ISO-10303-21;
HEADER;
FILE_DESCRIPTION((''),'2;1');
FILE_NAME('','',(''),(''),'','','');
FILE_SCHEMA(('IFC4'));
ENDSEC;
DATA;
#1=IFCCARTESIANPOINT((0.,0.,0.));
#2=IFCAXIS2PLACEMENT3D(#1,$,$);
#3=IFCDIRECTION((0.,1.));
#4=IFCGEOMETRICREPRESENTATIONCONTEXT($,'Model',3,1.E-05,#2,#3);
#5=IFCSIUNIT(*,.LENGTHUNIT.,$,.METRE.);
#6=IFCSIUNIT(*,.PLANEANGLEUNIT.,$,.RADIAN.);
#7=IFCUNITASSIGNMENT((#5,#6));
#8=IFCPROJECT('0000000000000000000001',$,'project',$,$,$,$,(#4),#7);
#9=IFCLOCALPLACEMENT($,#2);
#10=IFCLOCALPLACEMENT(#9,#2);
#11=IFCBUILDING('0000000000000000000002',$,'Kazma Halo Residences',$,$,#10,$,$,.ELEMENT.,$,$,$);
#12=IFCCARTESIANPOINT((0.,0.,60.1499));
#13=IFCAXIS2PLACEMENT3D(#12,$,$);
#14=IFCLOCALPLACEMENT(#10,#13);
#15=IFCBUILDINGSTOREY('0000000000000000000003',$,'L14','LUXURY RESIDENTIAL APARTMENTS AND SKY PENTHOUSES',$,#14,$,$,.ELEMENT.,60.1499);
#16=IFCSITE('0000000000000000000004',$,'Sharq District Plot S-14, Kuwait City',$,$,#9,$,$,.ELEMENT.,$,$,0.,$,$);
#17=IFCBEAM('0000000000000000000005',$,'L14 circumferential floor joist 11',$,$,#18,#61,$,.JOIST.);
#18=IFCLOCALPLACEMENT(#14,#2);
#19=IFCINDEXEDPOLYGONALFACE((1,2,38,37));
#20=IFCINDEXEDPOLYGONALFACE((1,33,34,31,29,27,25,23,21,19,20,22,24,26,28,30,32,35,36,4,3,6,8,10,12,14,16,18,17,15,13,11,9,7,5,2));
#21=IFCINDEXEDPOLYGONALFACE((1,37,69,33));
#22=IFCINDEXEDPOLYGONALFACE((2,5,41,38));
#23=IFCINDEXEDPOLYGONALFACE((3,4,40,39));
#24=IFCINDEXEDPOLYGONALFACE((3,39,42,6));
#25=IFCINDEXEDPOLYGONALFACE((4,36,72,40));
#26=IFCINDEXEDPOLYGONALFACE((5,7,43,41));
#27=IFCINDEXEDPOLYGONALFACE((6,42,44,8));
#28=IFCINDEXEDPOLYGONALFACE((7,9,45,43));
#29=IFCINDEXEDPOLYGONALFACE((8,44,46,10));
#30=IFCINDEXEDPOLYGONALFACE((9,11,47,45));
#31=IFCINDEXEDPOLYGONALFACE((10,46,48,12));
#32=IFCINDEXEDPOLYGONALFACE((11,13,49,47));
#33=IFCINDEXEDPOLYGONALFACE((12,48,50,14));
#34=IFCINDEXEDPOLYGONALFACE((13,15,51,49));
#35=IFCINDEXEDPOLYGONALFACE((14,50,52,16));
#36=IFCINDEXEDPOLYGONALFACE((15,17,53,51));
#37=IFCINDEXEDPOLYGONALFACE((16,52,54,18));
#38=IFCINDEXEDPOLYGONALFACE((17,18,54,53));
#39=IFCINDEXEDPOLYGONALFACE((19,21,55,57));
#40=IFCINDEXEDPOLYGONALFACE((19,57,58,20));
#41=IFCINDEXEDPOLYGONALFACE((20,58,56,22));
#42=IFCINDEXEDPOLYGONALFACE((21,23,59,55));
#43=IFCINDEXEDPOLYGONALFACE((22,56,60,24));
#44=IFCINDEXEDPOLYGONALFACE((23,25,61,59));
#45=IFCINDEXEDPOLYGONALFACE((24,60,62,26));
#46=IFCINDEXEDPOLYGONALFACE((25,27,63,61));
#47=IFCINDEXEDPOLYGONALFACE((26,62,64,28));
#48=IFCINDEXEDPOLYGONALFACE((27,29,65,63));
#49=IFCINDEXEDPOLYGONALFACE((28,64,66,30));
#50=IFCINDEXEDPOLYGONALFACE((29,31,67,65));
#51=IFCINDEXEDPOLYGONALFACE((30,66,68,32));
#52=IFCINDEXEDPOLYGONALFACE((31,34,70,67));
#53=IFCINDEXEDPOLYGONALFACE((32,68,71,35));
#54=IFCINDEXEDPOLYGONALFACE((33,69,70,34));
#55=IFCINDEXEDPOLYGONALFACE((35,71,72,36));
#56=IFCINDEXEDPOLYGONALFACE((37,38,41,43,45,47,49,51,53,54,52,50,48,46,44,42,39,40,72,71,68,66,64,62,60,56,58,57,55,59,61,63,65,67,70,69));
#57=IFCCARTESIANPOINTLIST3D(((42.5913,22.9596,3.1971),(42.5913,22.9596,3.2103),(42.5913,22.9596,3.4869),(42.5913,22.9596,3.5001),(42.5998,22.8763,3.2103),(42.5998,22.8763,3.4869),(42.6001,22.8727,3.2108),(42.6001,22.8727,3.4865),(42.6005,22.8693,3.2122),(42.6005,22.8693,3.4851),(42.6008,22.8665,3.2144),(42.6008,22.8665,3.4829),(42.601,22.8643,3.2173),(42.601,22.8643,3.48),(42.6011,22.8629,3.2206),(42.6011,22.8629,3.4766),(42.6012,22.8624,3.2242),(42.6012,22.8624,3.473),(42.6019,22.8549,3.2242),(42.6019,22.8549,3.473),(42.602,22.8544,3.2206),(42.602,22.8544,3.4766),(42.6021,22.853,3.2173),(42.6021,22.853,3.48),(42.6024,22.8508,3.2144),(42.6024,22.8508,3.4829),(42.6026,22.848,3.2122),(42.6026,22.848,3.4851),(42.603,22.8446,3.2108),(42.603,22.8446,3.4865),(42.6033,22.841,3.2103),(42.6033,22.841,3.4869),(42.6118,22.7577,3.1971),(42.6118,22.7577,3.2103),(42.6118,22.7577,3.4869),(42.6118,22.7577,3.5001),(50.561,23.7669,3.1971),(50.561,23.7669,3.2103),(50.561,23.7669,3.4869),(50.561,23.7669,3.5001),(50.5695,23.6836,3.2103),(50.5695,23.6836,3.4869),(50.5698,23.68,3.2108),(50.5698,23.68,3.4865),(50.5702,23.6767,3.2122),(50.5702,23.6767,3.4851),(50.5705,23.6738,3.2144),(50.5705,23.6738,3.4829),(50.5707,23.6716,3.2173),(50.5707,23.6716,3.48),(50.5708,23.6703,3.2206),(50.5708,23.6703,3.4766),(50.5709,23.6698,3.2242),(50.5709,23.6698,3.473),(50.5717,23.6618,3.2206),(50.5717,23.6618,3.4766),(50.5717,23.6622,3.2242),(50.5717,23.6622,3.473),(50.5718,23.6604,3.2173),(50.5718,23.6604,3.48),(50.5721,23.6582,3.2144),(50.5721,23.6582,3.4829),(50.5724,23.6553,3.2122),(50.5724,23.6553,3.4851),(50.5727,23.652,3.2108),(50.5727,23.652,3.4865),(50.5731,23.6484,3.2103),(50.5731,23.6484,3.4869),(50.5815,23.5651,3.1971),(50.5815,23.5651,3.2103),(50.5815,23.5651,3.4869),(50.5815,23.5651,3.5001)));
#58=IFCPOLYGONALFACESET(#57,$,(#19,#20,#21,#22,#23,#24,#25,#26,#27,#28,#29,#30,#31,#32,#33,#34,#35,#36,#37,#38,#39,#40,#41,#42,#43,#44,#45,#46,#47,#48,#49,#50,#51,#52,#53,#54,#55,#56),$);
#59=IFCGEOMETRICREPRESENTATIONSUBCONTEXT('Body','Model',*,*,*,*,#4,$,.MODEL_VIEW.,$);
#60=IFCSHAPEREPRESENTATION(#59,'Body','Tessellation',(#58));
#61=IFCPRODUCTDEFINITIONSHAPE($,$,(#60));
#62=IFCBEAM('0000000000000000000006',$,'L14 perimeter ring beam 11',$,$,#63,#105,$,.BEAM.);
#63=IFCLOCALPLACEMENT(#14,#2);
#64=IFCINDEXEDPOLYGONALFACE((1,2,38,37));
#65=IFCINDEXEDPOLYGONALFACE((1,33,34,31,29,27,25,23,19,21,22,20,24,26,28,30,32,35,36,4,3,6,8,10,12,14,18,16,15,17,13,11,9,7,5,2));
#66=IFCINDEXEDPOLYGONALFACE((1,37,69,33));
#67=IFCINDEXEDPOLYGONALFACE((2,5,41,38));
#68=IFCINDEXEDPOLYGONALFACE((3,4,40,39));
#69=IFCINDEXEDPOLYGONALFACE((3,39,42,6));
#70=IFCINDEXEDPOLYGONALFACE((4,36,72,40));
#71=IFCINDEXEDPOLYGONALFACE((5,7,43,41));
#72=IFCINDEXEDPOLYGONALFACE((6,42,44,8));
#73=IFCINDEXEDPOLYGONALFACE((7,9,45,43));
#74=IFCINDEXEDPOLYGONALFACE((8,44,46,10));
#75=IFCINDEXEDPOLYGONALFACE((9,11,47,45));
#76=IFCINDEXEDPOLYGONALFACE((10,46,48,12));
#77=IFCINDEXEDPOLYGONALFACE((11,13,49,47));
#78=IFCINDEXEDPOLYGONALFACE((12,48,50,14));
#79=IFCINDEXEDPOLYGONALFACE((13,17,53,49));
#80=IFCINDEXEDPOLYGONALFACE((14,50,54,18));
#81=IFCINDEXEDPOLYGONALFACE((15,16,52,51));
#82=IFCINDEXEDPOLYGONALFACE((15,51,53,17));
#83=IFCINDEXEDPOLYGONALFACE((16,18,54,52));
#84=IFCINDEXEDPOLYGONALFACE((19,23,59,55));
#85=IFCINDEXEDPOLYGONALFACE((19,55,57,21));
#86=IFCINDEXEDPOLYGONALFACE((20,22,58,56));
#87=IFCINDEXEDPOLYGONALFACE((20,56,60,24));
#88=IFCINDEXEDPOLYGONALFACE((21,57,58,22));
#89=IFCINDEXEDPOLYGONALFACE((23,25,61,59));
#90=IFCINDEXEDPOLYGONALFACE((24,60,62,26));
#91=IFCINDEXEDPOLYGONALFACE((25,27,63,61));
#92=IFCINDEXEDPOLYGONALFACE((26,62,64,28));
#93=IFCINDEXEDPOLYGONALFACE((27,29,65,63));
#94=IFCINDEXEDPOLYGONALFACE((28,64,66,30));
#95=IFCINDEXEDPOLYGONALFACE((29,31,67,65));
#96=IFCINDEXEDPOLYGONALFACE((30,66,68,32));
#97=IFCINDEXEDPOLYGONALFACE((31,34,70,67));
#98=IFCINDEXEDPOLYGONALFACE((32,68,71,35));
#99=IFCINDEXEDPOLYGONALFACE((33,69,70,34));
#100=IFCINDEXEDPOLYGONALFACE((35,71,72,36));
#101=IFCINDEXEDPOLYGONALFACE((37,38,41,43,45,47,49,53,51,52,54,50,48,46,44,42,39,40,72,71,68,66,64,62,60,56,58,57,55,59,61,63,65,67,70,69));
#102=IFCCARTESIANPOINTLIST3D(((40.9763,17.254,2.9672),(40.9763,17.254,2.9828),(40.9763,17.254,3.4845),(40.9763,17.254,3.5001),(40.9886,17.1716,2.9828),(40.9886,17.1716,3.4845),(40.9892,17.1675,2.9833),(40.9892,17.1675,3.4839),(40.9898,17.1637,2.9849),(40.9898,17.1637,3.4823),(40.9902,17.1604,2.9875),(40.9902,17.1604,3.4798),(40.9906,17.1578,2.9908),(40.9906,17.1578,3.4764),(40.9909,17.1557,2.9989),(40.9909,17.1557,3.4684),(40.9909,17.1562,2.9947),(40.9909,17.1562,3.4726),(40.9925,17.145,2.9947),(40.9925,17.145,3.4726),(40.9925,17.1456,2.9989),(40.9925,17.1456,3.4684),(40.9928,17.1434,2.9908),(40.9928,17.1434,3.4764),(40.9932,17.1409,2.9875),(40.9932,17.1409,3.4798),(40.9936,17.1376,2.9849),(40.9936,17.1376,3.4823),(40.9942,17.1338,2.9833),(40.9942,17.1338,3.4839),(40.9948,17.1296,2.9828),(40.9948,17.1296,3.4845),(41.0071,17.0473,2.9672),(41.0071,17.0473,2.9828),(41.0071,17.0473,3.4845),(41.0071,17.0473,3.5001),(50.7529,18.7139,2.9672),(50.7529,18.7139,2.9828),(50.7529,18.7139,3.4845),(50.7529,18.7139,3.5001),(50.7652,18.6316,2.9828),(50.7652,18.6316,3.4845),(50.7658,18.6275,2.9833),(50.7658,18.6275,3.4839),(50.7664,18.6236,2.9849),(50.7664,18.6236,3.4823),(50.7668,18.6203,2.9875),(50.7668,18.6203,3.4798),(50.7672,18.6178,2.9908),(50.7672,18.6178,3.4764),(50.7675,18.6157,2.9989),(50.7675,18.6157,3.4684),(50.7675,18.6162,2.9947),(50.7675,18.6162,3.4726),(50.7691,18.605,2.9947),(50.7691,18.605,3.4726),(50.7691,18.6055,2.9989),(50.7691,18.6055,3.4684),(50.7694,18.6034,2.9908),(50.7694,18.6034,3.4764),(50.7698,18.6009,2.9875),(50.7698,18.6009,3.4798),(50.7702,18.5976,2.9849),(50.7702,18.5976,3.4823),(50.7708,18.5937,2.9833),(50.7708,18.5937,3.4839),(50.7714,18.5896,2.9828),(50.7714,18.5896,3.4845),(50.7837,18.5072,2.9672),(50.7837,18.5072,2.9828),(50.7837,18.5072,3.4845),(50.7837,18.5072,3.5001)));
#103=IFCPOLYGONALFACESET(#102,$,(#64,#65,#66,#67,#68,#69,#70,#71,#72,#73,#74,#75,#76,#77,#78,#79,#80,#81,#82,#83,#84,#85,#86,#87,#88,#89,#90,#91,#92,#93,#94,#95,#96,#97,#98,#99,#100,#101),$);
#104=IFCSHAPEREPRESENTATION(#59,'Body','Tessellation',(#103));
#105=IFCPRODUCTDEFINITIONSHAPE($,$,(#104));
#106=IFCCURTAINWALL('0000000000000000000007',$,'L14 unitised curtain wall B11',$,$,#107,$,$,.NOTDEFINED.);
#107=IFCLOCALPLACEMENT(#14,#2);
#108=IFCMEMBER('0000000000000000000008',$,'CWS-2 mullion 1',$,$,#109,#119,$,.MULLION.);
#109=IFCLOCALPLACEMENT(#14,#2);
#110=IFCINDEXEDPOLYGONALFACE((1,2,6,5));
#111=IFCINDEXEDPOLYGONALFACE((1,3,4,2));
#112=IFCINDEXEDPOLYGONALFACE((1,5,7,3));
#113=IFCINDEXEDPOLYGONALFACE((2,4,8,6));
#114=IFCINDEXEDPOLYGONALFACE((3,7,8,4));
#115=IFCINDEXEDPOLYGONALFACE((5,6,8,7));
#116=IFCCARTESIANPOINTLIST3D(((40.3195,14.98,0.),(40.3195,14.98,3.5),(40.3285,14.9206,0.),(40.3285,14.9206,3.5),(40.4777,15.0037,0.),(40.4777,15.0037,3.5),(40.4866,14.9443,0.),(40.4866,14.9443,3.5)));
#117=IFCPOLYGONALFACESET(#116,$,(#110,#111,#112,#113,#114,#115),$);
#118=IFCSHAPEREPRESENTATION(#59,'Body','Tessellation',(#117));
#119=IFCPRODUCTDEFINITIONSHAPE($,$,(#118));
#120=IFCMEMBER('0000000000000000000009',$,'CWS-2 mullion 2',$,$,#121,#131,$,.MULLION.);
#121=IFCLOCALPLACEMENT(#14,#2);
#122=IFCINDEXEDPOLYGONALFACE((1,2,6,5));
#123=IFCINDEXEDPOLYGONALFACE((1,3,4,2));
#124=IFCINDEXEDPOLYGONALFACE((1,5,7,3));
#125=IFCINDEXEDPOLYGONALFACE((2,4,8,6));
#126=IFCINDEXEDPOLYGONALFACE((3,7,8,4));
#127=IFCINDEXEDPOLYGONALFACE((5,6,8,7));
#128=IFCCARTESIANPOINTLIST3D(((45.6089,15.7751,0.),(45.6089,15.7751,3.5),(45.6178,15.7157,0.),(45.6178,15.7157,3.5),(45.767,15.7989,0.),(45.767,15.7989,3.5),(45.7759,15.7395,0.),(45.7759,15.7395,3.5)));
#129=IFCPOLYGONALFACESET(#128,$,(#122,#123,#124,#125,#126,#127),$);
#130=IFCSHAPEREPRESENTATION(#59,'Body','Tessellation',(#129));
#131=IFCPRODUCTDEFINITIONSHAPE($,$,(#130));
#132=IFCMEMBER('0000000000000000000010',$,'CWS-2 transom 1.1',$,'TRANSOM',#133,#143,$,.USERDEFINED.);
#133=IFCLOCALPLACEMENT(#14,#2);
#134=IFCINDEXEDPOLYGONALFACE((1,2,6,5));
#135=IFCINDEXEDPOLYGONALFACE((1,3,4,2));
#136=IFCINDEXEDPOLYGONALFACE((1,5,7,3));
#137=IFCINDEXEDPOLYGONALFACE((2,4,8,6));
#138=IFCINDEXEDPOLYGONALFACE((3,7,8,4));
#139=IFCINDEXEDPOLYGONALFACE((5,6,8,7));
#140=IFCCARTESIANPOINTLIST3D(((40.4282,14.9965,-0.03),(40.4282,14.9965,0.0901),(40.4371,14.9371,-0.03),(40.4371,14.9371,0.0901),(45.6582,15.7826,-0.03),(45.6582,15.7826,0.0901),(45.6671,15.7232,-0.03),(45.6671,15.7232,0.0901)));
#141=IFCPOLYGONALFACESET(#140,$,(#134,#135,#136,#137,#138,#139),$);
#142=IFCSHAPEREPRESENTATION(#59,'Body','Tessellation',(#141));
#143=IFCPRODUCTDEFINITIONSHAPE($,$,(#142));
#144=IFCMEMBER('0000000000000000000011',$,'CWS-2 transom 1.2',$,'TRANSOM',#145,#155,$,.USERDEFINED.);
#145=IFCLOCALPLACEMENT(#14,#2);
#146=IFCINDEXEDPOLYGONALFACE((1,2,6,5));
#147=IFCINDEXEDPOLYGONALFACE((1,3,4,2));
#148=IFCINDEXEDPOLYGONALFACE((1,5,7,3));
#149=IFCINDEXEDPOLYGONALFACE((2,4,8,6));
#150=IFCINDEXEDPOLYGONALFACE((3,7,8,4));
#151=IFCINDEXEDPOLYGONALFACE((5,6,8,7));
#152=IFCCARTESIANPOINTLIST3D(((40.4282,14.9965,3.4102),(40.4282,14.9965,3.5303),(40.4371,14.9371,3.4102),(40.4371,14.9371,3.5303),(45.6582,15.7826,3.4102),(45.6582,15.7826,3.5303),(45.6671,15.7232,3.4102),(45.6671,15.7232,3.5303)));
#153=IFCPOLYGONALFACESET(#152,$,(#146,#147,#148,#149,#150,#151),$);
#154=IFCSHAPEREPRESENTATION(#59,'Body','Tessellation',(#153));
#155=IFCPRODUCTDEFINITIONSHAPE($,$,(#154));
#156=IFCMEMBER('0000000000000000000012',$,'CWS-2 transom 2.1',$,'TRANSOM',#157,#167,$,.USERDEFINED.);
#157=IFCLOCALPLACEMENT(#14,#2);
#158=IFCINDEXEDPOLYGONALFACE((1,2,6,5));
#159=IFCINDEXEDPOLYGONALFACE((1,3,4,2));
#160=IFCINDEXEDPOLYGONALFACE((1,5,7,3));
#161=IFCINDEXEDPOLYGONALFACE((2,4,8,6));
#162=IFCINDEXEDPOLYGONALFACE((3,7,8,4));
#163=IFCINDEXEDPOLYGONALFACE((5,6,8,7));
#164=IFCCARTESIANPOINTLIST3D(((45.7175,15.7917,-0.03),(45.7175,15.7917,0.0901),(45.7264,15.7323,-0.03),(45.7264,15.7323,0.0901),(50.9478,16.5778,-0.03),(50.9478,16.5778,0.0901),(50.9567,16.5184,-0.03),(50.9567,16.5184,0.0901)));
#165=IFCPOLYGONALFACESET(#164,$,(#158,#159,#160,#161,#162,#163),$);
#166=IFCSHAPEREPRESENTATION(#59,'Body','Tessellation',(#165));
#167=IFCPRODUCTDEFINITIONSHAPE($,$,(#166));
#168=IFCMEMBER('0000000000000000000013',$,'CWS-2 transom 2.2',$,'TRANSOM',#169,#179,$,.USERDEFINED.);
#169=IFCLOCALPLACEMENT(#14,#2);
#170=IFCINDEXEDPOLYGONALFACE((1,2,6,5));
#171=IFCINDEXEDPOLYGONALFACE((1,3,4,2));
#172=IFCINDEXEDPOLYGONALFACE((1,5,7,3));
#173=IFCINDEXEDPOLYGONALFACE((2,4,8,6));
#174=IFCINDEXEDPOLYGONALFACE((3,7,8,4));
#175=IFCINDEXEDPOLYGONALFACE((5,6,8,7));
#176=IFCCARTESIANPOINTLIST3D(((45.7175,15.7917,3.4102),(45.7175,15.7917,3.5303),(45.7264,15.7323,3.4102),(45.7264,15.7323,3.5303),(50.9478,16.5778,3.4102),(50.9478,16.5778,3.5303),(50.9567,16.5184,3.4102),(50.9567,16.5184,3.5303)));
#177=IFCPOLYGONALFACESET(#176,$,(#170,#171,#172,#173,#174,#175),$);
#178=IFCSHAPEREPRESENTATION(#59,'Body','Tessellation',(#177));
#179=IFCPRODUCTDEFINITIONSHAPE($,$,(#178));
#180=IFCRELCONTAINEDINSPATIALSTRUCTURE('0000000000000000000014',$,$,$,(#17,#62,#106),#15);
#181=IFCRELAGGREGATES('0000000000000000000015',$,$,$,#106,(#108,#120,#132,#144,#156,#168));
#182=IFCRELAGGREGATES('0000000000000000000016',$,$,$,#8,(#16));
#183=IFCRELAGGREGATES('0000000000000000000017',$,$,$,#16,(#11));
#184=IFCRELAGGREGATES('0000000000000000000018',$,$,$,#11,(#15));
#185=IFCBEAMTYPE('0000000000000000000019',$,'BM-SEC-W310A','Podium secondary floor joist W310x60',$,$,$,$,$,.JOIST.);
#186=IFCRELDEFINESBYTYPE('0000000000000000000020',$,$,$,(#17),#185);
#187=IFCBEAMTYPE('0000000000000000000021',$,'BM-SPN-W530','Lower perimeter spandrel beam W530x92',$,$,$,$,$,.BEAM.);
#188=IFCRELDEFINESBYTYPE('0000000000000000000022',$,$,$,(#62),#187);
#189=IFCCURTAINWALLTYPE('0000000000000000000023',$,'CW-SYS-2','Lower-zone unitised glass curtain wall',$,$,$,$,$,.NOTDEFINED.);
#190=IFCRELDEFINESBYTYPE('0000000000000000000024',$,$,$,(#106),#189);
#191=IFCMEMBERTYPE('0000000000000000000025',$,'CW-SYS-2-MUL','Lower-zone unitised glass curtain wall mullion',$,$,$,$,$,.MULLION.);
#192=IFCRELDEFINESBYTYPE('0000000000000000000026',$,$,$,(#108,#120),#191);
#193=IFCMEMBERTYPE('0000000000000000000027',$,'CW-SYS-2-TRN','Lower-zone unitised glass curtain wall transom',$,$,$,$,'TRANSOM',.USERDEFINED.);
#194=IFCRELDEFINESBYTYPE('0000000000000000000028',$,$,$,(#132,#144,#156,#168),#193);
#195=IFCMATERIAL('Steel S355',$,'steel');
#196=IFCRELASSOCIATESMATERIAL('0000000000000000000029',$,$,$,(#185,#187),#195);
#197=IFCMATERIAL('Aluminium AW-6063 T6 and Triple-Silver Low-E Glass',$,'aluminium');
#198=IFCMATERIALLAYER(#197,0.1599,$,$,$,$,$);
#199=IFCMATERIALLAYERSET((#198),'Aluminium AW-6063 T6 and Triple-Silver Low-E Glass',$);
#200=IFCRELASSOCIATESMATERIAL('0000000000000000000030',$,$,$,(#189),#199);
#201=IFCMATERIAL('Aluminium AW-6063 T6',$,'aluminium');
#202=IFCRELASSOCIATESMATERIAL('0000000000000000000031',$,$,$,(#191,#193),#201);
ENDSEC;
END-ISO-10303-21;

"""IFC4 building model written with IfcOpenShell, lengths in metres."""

from ifc_helpers import new_model, si_unit, direction, frame, origin, origin_2d, place, context, subcontext, project, spatial, rectangle, i_section, extrude, material, layer, layer_set, material_profile, profile_set, type_object, element, aggregate, save


model = new_model("IFC4")

# Units and contexts
model_context = context("Model", 3, precision=1e-05, world=origin(), true_north=direction((0.0, 1.0)))
body_context = subcontext(model_context, "Body", "Model", "MODEL_VIEW")
ifc_project = project(units=[si_unit("LENGTHUNIT", "METRE"), si_unit("PLANEANGLEUNIT", "RADIAN")], contexts=[model_context])

# Site, building, storey
site_placement = place(None, origin())
site = spatial("IfcSite", under=ifc_project, at=site_placement, Name="Sharq District Plot S-14, Kuwait City", CompositionType="ELEMENT", RefElevation=0.0)
building_placement = place(site_placement, origin())
building = spatial("IfcBuilding", under=site, at=building_placement, Name="Kazma Halo Residences", CompositionType="ELEMENT")
storey_placement = place(building_placement, frame((0.0, 0.0, 60.1499)))
storey = spatial("IfcBuildingStorey", under=building, at=storey_placement, Name="L14", Description="LUXURY RESIDENTIAL APARTMENTS AND SKY PENTHOUSES", CompositionType="ELEMENT", Elevation=60.1499)

# Beams
ifc_material_1 = material(Name="Steel S355", Category="steel")
ifc_material_profile_1 = material_profile(ifc_material_1, i_section(OverallWidth=0.2029, OverallDepth=0.303, WebThickness=0.0076, FlangeThickness=0.0132, FilletRadius=0.0139, at=origin_2d()), Name="W310x60")
ifc_profile_set_1 = profile_set([ifc_material_profile_1], Name="Steel S355")
beam_type_1 = type_object("IfcBeamType", Name="BM-SEC-W310A", Description="Podium secondary floor joist W310x60", PredefinedType="JOIST", material=ifc_profile_set_1)
beam_1_placement = place(storey_placement, frame((42.6016, 22.8586, 3.3486), z_axis=(0.994908, 0.100789, 0.0), x_axis=(-0.100789, 0.994908, 0.0)))
element("IfcBeam", 1, at=beam_1_placement, inside=storey, type_object=beam_type_1, Name="L14 circumferential floor joist 11", PredefinedType="JOIST", context=body_context, shape_type="SweptSolid", body=[
    extrude(i_section(OverallWidth=0.2029, OverallDepth=0.303, WebThickness=0.0076, FlangeThickness=0.0132, FilletRadius=0.0139, at=origin_2d()), origin(), (0.0, 0.0, 1.0), 8.0105),
])
ifc_material_profile_2 = material_profile(ifc_material_1, i_section(OverallWidth=0.209, OverallDepth=0.533, WebThickness=0.0103, FlangeThickness=0.0156, FilletRadius=0.0161, at=origin_2d()), Name="W530x92")
ifc_profile_set_2 = profile_set([ifc_material_profile_2], Name="Steel S355")
beam_type_2 = type_object("IfcBeamType", Name="BM-SPN-W530", Description="Lower perimeter spandrel beam W530x92", PredefinedType="BEAM", material=ifc_profile_set_2)
beam_2_placement = place(storey_placement, frame((40.9917, 17.1506, 3.2336), z_axis=(0.989033, 0.147694, 0.0), x_axis=(-0.147694, 0.989033, 0.0)))
element("IfcBeam", 2, at=beam_2_placement, inside=storey, type_object=beam_type_2, Name="L14 perimeter ring beam 11", PredefinedType="BEAM", context=body_context, shape_type="SweptSolid", body=[
    extrude(i_section(OverallWidth=0.209, OverallDepth=0.533, WebThickness=0.0103, FlangeThickness=0.0156, FilletRadius=0.0161, at=origin_2d()), origin(), (0.0, 0.0, 1.0), 9.885),
])

# Curtain wall, members
ifc_material_2 = material(Name="Aluminium AW-6063 T6 and Triple-Silver Low-E Glass", Category="aluminium")
ifc_layer_1 = layer(ifc_material_2, 0.1599)
ifc_layer_set_1 = layer_set([ifc_layer_1], Name="Aluminium AW-6063 T6 and Triple-Silver Low-E Glass")
curtain_wall_type = type_object("IfcCurtainWallType", Name="CW-SYS-2", Description="Lower-zone unitised glass curtain wall", PredefinedType="NOTDEFINED", material=ifc_layer_set_1)
curtain_wall_placement = place(storey_placement, origin())
curtain_wall = element("IfcCurtainWall", 3, at=curtain_wall_placement, inside=storey, type_object=curtain_wall_type, Name="L14 unitised curtain wall B11", PredefinedType="NOTDEFINED")
ifc_material_3 = material(Name="Aluminium AW-6063 T6", Category="aluminium")
ifc_material_profile_3 = material_profile(ifc_material_3, rectangle(XDim=0.0601, YDim=0.1599, at=origin_2d()), Name="CWM-60x160")
ifc_profile_set_3 = profile_set([ifc_material_profile_3], Name="Aluminium AW-6063 T6")
member_type_1 = type_object("IfcMemberType", Name="CW-SYS-2-MUL", Description="Lower-zone unitised glass curtain wall mullion", PredefinedType="MULLION", material=ifc_profile_set_3)
member_1_placement = place(storey_placement, frame((40.4031, 14.9622, 0.0), z_axis=(0.0, 0.0, 1.0), x_axis=(-0.148657, 0.988889, 0.0)))
member_1 = element("IfcMember", 4, at=member_1_placement, type_object=member_type_1, Name="CWS-2 mullion 1", PredefinedType="MULLION", context=body_context, shape_type="SweptSolid", body=[
    extrude(rectangle(XDim=0.0601, YDim=0.1599, at=origin_2d()), origin(), (0.0, 0.0, 1.0), 3.5),
])
member_2_placement = place(storey_placement, frame((45.6924, 15.7573, 0.0), z_axis=(0.0, 0.0, 1.0), x_axis=(-0.148657, 0.988889, 0.0)))
member_2 = element("IfcMember", 5, at=member_2_placement, type_object=member_type_1, Name="CWS-2 mullion 2", PredefinedType="MULLION", context=body_context, shape_type="SweptSolid", body=[
    extrude(rectangle(XDim=0.0601, YDim=0.1599, at=origin_2d()), origin(), (0.0, 0.0, 1.0), 3.5),
])
ifc_material_profile_4 = material_profile(ifc_material_3, rectangle(XDim=0.0601, YDim=0.1201, at=origin_2d()), Name="CWT-60x120")
ifc_profile_set_4 = profile_set([ifc_material_profile_4], Name="Aluminium AW-6063 T6")
member_type_2 = type_object("IfcMemberType", Name="CW-SYS-2-TRN", Description="Lower-zone unitised glass curtain wall transom", ElementType="TRANSOM", PredefinedType="USERDEFINED", material=ifc_profile_set_4)
member_3_placement = place(storey_placement, frame((40.4326, 14.9668, 0.03), z_axis=(0.988891, 0.148643, 0.0), x_axis=(-0.148643, 0.988891, 0.0)))
member_3 = element("IfcMember", 6, at=member_3_placement, type_object=member_type_2, Name="CWS-2 transom 1.1", ObjectType="TRANSOM", PredefinedType="USERDEFINED", context=body_context, shape_type="SweptSolid", body=[
    extrude(rectangle(XDim=0.0601, YDim=0.1201, at=origin_2d()), origin(), (0.0, 0.0, 1.0), 5.2888),
])
member_4_placement = place(storey_placement, frame((40.4326, 14.9668, 3.4702), z_axis=(0.988891, 0.148643, 0.0), x_axis=(-0.148643, 0.988891, 0.0)))
member_4 = element("IfcMember", 7, at=member_4_placement, type_object=member_type_2, Name="CWS-2 transom 1.2", ObjectType="TRANSOM", PredefinedType="USERDEFINED", context=body_context, shape_type="SweptSolid", body=[
    extrude(rectangle(XDim=0.0601, YDim=0.1201, at=origin_2d()), origin(), (0.0, 0.0, 1.0), 5.2888),
])
member_5_placement = place(storey_placement, frame((45.7219, 15.762, 0.03), z_axis=(0.988892, 0.148636, 0.0), x_axis=(-0.148636, 0.988892, 0.0)))
member_5 = element("IfcMember", 8, at=member_5_placement, type_object=member_type_2, Name="CWS-2 transom 2.1", ObjectType="TRANSOM", PredefinedType="USERDEFINED", context=body_context, shape_type="SweptSolid", body=[
    extrude(rectangle(XDim=0.0601, YDim=0.1201, at=origin_2d()), origin(), (0.0, 0.0, 1.0), 5.2891),
])
member_6_placement = place(storey_placement, frame((45.7219, 15.762, 3.4702), z_axis=(0.988892, 0.148636, 0.0), x_axis=(-0.148636, 0.988892, 0.0)))
member_6 = element("IfcMember", 9, at=member_6_placement, type_object=member_type_2, Name="CWS-2 transom 2.2", ObjectType="TRANSOM", PredefinedType="USERDEFINED", context=body_context, shape_type="SweptSolid", body=[
    extrude(rectangle(XDim=0.0601, YDim=0.1201, at=origin_2d()), origin(), (0.0, 0.0, 1.0), 5.2891),
])
aggregate(curtain_wall, [member_1, member_2, member_3, member_4, member_5, member_6])

save(model, "model.ifc")
